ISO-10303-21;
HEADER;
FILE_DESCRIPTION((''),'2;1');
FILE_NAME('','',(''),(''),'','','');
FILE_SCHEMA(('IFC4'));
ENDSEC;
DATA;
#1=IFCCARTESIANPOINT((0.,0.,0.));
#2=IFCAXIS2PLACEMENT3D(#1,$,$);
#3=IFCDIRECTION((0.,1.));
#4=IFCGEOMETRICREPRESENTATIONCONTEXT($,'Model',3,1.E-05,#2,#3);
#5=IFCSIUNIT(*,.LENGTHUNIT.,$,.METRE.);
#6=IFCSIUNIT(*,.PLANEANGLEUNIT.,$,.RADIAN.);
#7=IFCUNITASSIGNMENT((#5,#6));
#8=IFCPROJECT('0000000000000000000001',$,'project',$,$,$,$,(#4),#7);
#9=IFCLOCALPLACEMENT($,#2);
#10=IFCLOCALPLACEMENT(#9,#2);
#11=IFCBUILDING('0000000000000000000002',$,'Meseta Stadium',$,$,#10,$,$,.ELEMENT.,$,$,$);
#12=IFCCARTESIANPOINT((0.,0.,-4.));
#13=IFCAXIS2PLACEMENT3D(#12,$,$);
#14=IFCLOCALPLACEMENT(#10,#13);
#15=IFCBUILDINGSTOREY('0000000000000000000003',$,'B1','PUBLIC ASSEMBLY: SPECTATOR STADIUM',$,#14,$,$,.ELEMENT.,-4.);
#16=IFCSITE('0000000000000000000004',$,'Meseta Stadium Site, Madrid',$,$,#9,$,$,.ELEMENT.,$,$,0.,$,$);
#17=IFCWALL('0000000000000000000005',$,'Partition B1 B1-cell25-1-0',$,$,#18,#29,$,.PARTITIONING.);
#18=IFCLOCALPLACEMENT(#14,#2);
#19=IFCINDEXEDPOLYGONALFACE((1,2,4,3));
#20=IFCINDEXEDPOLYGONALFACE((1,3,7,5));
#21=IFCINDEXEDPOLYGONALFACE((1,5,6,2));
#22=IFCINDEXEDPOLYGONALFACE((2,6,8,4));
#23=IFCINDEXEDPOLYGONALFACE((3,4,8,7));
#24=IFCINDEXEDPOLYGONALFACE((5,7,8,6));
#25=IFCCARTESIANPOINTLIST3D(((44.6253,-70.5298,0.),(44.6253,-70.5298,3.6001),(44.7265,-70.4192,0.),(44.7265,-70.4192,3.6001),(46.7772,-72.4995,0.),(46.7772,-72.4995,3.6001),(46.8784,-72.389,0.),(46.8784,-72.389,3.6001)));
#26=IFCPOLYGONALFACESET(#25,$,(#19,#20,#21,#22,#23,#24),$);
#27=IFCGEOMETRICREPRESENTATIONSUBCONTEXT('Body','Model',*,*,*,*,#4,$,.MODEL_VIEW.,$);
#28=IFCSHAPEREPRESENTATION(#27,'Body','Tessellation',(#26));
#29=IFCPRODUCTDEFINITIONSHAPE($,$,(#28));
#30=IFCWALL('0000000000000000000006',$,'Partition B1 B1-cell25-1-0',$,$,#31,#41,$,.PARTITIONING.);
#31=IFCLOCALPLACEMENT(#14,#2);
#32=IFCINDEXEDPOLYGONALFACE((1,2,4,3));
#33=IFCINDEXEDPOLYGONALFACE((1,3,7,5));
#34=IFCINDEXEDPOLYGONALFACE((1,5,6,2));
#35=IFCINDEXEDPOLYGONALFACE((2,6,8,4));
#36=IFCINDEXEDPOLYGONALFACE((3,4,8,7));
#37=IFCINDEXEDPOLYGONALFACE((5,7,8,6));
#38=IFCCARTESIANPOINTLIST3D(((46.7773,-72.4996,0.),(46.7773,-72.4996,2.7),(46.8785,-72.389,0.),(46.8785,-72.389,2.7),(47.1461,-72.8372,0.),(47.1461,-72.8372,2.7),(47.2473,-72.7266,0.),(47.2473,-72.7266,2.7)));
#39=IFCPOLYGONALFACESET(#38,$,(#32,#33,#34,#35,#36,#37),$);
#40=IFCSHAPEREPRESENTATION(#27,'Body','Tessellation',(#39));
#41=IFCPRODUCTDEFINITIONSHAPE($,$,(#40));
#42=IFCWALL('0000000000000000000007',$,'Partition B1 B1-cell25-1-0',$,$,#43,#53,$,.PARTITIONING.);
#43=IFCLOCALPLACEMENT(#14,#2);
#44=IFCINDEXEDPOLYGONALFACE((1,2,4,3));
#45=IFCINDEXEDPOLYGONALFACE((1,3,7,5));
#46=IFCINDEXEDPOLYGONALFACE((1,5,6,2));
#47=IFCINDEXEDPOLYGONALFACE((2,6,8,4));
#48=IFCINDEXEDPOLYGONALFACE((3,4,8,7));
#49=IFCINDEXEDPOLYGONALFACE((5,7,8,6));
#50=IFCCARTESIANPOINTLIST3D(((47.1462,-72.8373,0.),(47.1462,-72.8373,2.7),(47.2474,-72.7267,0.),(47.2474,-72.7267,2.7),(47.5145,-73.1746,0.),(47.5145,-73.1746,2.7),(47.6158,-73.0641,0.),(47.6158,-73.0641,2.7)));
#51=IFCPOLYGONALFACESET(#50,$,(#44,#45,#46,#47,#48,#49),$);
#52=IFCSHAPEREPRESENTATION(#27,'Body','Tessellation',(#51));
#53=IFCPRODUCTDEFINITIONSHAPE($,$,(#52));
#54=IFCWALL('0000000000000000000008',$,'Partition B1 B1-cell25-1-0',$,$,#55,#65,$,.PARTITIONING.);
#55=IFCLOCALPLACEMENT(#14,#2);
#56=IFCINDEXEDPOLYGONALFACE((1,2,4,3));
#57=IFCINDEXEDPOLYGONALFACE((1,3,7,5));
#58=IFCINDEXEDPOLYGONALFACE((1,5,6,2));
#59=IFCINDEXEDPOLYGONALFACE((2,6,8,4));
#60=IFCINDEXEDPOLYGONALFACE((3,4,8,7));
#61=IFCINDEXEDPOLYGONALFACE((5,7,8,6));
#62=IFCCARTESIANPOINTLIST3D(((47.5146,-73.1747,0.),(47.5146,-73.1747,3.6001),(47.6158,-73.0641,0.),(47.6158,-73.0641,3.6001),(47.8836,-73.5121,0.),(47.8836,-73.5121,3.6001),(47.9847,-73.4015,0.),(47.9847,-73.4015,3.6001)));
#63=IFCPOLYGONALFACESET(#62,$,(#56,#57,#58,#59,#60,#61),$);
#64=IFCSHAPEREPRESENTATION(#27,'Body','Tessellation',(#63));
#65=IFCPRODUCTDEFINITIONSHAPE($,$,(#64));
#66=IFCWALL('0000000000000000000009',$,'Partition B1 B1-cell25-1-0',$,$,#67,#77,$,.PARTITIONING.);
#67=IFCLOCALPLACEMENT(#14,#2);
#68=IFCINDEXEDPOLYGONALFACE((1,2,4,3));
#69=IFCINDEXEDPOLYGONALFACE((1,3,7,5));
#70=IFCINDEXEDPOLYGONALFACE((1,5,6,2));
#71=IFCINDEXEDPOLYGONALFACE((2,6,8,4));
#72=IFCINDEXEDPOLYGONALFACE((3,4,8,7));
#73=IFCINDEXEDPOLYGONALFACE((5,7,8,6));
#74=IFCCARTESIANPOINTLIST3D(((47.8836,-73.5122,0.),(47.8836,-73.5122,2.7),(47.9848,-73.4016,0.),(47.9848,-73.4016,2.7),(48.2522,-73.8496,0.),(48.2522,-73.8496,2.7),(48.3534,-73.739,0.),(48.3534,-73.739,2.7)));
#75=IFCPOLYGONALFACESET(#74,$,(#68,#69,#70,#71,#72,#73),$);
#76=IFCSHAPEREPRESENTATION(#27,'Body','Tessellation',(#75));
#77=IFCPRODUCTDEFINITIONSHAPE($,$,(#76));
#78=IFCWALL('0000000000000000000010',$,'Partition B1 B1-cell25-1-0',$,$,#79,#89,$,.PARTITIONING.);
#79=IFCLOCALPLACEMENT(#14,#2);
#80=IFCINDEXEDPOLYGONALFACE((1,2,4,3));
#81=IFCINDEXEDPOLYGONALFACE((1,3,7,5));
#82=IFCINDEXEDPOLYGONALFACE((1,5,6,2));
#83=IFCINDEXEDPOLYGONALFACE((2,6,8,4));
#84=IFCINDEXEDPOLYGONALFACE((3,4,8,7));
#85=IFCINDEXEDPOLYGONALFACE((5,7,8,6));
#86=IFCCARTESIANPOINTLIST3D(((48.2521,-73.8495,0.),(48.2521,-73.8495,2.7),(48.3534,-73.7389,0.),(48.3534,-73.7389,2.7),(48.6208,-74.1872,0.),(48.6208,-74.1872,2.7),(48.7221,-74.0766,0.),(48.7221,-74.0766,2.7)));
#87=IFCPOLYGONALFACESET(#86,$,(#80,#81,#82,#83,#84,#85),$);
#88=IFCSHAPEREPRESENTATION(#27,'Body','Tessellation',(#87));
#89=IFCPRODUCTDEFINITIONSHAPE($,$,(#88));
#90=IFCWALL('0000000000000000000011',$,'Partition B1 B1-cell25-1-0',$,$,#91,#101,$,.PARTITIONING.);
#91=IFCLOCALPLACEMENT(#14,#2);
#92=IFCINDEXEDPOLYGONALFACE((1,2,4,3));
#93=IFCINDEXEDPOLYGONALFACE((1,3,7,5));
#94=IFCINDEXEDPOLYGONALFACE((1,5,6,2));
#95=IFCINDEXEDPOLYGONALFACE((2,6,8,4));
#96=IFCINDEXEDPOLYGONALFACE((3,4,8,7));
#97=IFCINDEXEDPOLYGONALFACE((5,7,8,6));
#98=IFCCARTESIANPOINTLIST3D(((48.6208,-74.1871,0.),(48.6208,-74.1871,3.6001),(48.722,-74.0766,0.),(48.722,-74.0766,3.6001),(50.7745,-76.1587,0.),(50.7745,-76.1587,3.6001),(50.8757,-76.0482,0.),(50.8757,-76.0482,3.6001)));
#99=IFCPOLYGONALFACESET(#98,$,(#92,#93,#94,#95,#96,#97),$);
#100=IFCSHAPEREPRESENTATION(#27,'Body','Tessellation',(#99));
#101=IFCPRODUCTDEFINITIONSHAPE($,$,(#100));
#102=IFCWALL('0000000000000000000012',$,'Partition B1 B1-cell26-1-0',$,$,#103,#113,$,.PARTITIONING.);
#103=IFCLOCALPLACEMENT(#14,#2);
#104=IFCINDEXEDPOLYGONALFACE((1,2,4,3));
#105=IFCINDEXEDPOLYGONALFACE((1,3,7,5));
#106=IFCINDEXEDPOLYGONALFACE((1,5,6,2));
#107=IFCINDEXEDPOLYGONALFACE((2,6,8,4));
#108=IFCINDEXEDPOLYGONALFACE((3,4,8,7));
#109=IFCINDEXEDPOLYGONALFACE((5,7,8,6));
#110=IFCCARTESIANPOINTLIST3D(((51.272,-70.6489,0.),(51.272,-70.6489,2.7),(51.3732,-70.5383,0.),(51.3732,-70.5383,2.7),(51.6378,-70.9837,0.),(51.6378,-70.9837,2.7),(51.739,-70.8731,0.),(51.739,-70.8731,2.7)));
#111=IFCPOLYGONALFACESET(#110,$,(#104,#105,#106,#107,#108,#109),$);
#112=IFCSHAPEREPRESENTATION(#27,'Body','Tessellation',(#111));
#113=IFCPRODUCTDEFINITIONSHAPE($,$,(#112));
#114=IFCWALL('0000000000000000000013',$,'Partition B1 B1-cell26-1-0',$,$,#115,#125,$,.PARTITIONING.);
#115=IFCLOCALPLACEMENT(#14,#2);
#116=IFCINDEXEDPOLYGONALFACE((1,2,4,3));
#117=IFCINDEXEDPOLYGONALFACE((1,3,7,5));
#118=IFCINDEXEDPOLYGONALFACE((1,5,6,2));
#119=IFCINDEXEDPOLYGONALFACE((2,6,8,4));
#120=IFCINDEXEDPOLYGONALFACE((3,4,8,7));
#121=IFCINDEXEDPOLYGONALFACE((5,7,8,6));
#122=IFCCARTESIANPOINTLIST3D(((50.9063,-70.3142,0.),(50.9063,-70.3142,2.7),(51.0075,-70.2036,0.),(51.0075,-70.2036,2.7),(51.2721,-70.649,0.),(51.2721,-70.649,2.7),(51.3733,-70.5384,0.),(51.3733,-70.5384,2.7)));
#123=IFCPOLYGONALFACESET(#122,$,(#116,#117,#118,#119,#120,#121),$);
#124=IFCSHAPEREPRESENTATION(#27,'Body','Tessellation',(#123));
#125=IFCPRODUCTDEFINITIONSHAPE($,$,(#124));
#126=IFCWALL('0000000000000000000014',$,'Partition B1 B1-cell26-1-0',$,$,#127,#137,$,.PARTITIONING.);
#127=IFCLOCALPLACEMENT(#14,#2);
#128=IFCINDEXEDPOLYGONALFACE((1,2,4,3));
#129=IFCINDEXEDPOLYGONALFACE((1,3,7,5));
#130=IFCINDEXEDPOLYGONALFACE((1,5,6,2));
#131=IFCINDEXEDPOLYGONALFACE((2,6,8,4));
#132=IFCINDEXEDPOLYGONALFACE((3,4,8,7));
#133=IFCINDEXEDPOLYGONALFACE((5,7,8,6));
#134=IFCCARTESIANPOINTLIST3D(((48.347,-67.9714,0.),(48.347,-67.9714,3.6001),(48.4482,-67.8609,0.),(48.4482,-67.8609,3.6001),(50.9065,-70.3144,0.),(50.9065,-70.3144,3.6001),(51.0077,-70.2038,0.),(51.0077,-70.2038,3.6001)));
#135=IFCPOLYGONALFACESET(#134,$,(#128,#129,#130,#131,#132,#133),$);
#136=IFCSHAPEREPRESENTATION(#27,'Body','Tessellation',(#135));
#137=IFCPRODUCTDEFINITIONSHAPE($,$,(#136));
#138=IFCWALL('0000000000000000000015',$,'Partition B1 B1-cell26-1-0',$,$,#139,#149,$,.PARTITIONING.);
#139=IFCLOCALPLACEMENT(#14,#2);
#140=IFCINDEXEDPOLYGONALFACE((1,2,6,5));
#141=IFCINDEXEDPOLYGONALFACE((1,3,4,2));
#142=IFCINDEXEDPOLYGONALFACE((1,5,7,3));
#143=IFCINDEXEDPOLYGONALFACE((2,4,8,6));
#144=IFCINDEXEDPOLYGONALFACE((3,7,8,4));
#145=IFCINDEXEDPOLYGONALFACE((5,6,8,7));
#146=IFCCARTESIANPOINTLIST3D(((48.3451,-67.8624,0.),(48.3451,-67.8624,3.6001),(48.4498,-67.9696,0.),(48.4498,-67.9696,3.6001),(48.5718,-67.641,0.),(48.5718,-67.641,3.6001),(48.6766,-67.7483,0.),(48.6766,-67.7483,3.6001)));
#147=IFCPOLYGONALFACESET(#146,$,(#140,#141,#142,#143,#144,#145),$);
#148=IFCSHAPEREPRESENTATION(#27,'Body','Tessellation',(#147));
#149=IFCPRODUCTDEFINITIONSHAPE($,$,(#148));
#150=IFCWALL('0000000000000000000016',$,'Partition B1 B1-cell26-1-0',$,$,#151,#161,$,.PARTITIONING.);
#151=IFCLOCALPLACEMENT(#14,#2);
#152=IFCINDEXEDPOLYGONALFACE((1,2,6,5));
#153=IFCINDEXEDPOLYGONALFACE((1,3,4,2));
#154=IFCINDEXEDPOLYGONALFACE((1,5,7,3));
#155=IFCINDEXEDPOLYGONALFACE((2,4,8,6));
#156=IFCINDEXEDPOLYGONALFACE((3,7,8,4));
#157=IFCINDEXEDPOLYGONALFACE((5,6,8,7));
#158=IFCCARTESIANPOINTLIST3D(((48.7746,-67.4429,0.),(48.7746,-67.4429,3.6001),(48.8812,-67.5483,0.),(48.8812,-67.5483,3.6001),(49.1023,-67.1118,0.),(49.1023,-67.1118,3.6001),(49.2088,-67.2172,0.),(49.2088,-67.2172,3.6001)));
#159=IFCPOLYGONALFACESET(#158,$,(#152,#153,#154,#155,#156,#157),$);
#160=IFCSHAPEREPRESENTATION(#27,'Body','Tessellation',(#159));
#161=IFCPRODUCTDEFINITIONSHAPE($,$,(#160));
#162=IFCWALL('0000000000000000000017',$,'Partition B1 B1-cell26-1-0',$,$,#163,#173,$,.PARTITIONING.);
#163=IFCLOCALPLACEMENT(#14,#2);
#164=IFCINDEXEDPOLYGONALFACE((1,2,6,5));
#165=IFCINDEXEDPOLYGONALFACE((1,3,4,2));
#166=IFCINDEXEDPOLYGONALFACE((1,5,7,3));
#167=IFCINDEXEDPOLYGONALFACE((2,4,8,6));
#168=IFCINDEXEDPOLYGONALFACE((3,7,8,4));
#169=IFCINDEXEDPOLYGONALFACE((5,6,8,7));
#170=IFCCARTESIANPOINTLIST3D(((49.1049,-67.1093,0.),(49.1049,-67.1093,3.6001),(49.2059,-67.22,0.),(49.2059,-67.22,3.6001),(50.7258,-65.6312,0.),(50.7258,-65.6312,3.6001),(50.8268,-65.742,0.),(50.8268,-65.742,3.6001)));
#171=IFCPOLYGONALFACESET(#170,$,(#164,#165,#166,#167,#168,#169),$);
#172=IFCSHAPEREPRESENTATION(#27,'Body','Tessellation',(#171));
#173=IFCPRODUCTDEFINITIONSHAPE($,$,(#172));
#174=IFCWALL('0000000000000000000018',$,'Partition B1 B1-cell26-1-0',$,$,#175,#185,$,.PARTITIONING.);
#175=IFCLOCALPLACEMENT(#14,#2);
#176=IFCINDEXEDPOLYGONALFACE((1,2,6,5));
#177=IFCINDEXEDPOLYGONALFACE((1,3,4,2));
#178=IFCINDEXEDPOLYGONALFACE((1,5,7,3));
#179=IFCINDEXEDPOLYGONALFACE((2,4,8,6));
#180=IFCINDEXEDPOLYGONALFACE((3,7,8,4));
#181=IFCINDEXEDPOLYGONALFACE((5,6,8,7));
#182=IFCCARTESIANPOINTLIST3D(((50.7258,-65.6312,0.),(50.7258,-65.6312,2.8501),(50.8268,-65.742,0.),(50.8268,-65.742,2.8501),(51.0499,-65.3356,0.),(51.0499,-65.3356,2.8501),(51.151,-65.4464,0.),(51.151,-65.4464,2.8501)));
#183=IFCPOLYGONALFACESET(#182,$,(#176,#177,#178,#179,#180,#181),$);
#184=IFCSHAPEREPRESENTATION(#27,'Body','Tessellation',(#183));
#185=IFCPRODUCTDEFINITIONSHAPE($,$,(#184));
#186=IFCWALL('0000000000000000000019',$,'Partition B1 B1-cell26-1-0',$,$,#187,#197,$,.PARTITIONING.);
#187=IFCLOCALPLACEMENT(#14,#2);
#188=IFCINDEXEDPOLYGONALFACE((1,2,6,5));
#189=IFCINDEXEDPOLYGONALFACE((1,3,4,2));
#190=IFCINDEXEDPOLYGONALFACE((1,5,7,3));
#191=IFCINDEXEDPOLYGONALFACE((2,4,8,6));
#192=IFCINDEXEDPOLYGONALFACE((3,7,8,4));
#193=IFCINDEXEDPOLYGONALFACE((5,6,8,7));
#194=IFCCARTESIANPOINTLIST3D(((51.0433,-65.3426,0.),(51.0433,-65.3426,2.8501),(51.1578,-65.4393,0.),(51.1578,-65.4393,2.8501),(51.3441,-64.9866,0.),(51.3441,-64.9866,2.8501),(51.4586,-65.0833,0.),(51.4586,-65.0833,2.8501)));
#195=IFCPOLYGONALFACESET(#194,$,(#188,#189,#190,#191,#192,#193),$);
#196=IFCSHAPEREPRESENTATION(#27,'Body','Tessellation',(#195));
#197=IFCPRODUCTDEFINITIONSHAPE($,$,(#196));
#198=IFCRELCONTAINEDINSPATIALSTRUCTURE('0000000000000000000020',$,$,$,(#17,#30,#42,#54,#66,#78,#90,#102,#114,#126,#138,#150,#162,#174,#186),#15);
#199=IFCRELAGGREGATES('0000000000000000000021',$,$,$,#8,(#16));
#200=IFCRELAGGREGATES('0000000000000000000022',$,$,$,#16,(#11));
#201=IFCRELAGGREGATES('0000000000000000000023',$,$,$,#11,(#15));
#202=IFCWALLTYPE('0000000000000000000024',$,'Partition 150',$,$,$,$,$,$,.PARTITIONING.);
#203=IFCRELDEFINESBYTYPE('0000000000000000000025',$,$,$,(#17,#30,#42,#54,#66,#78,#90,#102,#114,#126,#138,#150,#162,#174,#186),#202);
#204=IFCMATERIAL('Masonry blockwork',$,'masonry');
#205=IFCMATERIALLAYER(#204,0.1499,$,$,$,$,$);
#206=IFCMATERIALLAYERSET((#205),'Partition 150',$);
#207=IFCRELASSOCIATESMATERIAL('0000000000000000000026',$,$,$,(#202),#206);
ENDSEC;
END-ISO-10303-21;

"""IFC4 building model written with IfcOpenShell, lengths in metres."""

from ifc_helpers import new_model, si_unit, direction, frame, frame_2d, origin, place, context, subcontext, project, spatial, rectangle, extrude, material, layer, layer_set, type_object, element, save


model = new_model("IFC4")

# Units and contexts
model_context = context("Model", 3, precision=1e-05, world=origin(), true_north=direction((0.0, 1.0)))
body_context = subcontext(model_context, "Body", "Model", "MODEL_VIEW")
ifc_project = project(units=[si_unit("LENGTHUNIT", "METRE"), si_unit("PLANEANGLEUNIT", "RADIAN")], contexts=[model_context])

# Site, building, storey
site_placement = place(None, origin())
site = spatial("IfcSite", under=ifc_project, at=site_placement, Name="Meseta Stadium Site, Madrid", CompositionType="ELEMENT", RefElevation=0.0)
building_placement = place(site_placement, origin())
building = spatial("IfcBuilding", under=site, at=building_placement, Name="Meseta Stadium", CompositionType="ELEMENT")
storey_placement = place(building_placement, frame((0.0, 0.0, -4.0)))
storey = spatial("IfcBuildingStorey", under=building, at=storey_placement, Name="B1", Description="PUBLIC ASSEMBLY: SPECTATOR STADIUM", CompositionType="ELEMENT", Elevation=-4.0)

# Walls
ifc_material_1 = material(Name="Masonry blockwork", Category="masonry")
ifc_layer = layer(ifc_material_1, 0.1499)
ifc_layer_set = layer_set([ifc_layer], Name="Partition 150")
wall_type = type_object("IfcWallType", Name="Partition 150", PredefinedType="PARTITIONING", material=ifc_layer_set)
wall_1_placement = place(storey_placement, frame((44.676, -70.4746, 0.0), z_axis=(0.0, 0.0, 1.0), x_axis=(0.737633, -0.675201, 0.0)))
element("IfcWall", 1, at=wall_1_placement, inside=storey, type_object=wall_type, Name="Partition B1 B1-cell25-1-0", PredefinedType="PARTITIONING", context=body_context, shape_type="SweptSolid", body=[
    extrude(rectangle(XDim=2.9172, YDim=0.1499, at=frame_2d((1.4585, 0.0))), origin(), (0.0, 0.0, 1.0), 3.6001),
])
wall_2_placement = place(storey_placement, frame((46.8279, -72.4443, 0.0), z_axis=(0.0, 0.0, 1.0), x_axis=(0.737661, -0.675172, 0.0)))
element("IfcWall", 2, at=wall_2_placement, inside=storey, type_object=wall_type, Name="Partition B1 B1-cell25-1-0", PredefinedType="PARTITIONING", context=body_context, shape_type="SweptSolid", body=[
    extrude(rectangle(XDim=0.5, YDim=0.1499, at=frame_2d((0.25, 0.0))), origin(), (0.0, 0.0, 1.0), 2.7),
])
wall_3_placement = place(storey_placement, frame((47.1968, -72.782, 0.0), z_axis=(0.0, 0.0, 1.0), x_axis=(0.737458, -0.675393, 0.0)))
element("IfcWall", 3, at=wall_3_placement, inside=storey, type_object=wall_type, Name="Partition B1 B1-cell25-1-0", PredefinedType="PARTITIONING", context=body_context, shape_type="SweptSolid", body=[
    extrude(rectangle(XDim=0.4995, YDim=0.1499, at=frame_2d((0.2498, 0.0))), origin(), (0.0, 0.0, 1.0), 2.7),
])
wall_4_placement = place(storey_placement, frame((47.5652, -73.1194, 0.0), z_axis=(0.0, 0.0, 1.0), x_axis=(0.737904, -0.674906, 0.0)))
element("IfcWall", 4, at=wall_4_placement, inside=storey, type_object=wall_type, Name="Partition B1 B1-cell25-1-0", PredefinedType="PARTITIONING", context=body_context, shape_type="SweptSolid", body=[
    extrude(rectangle(XDim=0.5, YDim=0.1499, at=frame_2d((0.25, 0.0))), origin(), (0.0, 0.0, 1.0), 3.6001),
])
wall_5_placement = place(storey_placement, frame((47.9341, -73.4568, 0.0), z_axis=(0.0, 0.0, 1.0), x_axis=(0.737681, -0.675149, 0.0)))
element("IfcWall", 5, at=wall_5_placement, inside=storey, type_object=wall_type, Name="Partition B1 B1-cell25-1-0", PredefinedType="PARTITIONING", context=body_context, shape_type="SweptSolid", body=[
    extrude(rectangle(XDim=0.4998, YDim=0.1499, at=frame_2d((0.25, 0.0))), origin(), (0.0, 0.0, 1.0), 2.7),
])
wall_6_placement = place(storey_placement, frame((48.3027, -73.7942, 0.0), z_axis=(0.0, 0.0, 1.0), x_axis=(0.737438, -0.675415, 0.0)))
element("IfcWall", 6, at=wall_6_placement, inside=storey, type_object=wall_type, Name="Partition B1 B1-cell25-1-0", PredefinedType="PARTITIONING", context=body_context, shape_type="SweptSolid", body=[
    extrude(rectangle(XDim=0.5, YDim=0.1499, at=frame_2d((0.25, 0.0))), origin(), (0.0, 0.0, 1.0), 2.7),
])
wall_7_placement = place(storey_placement, frame((48.6714, -74.1318, 0.0), z_axis=(0.0, 0.0, 1.0), x_axis=(0.737605, -0.675232, 0.0)))
element("IfcWall", 7, at=wall_7_placement, inside=storey, type_object=wall_type, Name="Partition B1 B1-cell25-1-0", PredefinedType="PARTITIONING", context=body_context, shape_type="SweptSolid", body=[
    extrude(rectangle(XDim=2.9199, YDim=0.1499, at=frame_2d((1.46, 0.0))), origin(), (0.0, 0.0, 1.0), 3.6001),
])
for number, where, z_axis, x_axis, name in (
    (8, (51.6885, -70.9285, 0.0), (0.0, 0.0, 1.0), (-0.737685, 0.675145, 0.0), "Partition B1 B1-cell26-1-0"),
    (9, (51.3228, -70.5938, 0.0), (0.0, 0.0, 1.0), (-0.737685, 0.675145, 0.0), "Partition B1 B1-cell26-1-0"),
):
    element("IfcWall", number, at=place(storey_placement, frame(where, z_axis=z_axis, x_axis=x_axis)), inside=storey, type_object=wall_type, Name=name, PredefinedType="PARTITIONING", context=body_context, shape_type="SweptSolid", body=[
        extrude(rectangle(XDim=0.4958, YDim=0.1499, at=frame_2d((0.248, 0.0))), origin(), (0.0, 0.0, 1.0), 2.7),
    ])
wall_8_placement = place(storey_placement, frame((50.957, -70.259, 0.0), z_axis=(0.0, 0.0, 1.0), x_axis=(-0.737621, 0.675215, 0.0)))
element("IfcWall", 10, at=wall_8_placement, inside=storey, type_object=wall_type, Name="Partition B1 B1-cell26-1-0", PredefinedType="PARTITIONING", context=body_context, shape_type="SweptSolid", body=[
    extrude(rectangle(XDim=3.47, YDim=0.1499, at=frame_2d((1.7349, 0.0))), origin(), (0.0, 0.0, 1.0), 3.6001),
])
wall_9_placement = place(storey_placement, frame((48.3975, -67.916, 0.0), z_axis=(0.0, 0.0, 1.0), x_axis=(0.715528, 0.698584, 0.0)))
element("IfcWall", 11, at=wall_9_placement, inside=storey, type_object=wall_type, Name="Partition B1 B1-cell26-1-0", PredefinedType="PARTITIONING", context=body_context, shape_type="SweptSolid", body=[
    extrude(rectangle(XDim=0.3169, YDim=0.1499, at=frame_2d((0.1584, 0.0))), origin(), (0.0, 0.0, 1.0), 3.6001),
])
wall_10_placement = place(storey_placement, frame((48.8279, -67.4956, 0.0), z_axis=(0.0, 0.0, 1.0), x_axis=(0.703428, 0.710766, 0.0)))
element("IfcWall", 12, at=wall_10_placement, inside=storey, type_object=wall_type, Name="Partition B1 B1-cell26-1-0", PredefinedType="PARTITIONING", context=body_context, shape_type="SweptSolid", body=[
    extrude(rectangle(XDim=0.4658, YDim=0.1499, at=frame_2d((0.2329, 0.0))), origin(), (0.0, 0.0, 1.0), 3.6001),
])
wall_11_placement = place(storey_placement, frame((49.1555, -67.1646, 0.0), z_axis=(0.0, 0.0, 1.0), x_axis=(0.738912, 0.673802, 0.0)))
element("IfcWall", 13, at=wall_11_placement, inside=storey, type_object=wall_type, Name="Partition B1 B1-cell26-1-0", PredefinedType="PARTITIONING", context=body_context, shape_type="SweptSolid", body=[
    extrude(rectangle(XDim=2.1936, YDim=0.1499, at=frame_2d((1.0967, 0.0))), origin(), (0.0, 0.0, 1.0), 3.6001),
])
wall_12_placement = place(storey_placement, frame((50.7764, -65.6865, 0.0), z_axis=(0.0, 0.0, 1.0), x_axis=(0.738907, 0.673807, 0.0)))
element("IfcWall", 14, at=wall_12_placement, inside=storey, type_object=wall_type, Name="Partition B1 B1-cell26-1-0", PredefinedType="PARTITIONING", context=body_context, shape_type="SweptSolid", body=[
    extrude(rectangle(XDim=0.4387, YDim=0.1499, at=frame_2d((0.2192, 0.0))), origin(), (0.0, 0.0, 1.0), 2.8501),
])
wall_13_placement = place(storey_placement, frame((51.1006, -65.3909, 0.0), z_axis=(0.0, 0.0, 1.0), x_axis=(0.645425, 0.763823, 0.0)))
element("IfcWall", 15, at=wall_13_placement, inside=storey, type_object=wall_type, Name="Partition B1 B1-cell26-1-0", PredefinedType="PARTITIONING", context=body_context, shape_type="SweptSolid", body=[
    extrude(rectangle(XDim=0.4661, YDim=0.1499, at=frame_2d((0.2329, 0.0))), origin(), (0.0, 0.0, 1.0), 2.8501),
])

save(model, "model.ifc")
